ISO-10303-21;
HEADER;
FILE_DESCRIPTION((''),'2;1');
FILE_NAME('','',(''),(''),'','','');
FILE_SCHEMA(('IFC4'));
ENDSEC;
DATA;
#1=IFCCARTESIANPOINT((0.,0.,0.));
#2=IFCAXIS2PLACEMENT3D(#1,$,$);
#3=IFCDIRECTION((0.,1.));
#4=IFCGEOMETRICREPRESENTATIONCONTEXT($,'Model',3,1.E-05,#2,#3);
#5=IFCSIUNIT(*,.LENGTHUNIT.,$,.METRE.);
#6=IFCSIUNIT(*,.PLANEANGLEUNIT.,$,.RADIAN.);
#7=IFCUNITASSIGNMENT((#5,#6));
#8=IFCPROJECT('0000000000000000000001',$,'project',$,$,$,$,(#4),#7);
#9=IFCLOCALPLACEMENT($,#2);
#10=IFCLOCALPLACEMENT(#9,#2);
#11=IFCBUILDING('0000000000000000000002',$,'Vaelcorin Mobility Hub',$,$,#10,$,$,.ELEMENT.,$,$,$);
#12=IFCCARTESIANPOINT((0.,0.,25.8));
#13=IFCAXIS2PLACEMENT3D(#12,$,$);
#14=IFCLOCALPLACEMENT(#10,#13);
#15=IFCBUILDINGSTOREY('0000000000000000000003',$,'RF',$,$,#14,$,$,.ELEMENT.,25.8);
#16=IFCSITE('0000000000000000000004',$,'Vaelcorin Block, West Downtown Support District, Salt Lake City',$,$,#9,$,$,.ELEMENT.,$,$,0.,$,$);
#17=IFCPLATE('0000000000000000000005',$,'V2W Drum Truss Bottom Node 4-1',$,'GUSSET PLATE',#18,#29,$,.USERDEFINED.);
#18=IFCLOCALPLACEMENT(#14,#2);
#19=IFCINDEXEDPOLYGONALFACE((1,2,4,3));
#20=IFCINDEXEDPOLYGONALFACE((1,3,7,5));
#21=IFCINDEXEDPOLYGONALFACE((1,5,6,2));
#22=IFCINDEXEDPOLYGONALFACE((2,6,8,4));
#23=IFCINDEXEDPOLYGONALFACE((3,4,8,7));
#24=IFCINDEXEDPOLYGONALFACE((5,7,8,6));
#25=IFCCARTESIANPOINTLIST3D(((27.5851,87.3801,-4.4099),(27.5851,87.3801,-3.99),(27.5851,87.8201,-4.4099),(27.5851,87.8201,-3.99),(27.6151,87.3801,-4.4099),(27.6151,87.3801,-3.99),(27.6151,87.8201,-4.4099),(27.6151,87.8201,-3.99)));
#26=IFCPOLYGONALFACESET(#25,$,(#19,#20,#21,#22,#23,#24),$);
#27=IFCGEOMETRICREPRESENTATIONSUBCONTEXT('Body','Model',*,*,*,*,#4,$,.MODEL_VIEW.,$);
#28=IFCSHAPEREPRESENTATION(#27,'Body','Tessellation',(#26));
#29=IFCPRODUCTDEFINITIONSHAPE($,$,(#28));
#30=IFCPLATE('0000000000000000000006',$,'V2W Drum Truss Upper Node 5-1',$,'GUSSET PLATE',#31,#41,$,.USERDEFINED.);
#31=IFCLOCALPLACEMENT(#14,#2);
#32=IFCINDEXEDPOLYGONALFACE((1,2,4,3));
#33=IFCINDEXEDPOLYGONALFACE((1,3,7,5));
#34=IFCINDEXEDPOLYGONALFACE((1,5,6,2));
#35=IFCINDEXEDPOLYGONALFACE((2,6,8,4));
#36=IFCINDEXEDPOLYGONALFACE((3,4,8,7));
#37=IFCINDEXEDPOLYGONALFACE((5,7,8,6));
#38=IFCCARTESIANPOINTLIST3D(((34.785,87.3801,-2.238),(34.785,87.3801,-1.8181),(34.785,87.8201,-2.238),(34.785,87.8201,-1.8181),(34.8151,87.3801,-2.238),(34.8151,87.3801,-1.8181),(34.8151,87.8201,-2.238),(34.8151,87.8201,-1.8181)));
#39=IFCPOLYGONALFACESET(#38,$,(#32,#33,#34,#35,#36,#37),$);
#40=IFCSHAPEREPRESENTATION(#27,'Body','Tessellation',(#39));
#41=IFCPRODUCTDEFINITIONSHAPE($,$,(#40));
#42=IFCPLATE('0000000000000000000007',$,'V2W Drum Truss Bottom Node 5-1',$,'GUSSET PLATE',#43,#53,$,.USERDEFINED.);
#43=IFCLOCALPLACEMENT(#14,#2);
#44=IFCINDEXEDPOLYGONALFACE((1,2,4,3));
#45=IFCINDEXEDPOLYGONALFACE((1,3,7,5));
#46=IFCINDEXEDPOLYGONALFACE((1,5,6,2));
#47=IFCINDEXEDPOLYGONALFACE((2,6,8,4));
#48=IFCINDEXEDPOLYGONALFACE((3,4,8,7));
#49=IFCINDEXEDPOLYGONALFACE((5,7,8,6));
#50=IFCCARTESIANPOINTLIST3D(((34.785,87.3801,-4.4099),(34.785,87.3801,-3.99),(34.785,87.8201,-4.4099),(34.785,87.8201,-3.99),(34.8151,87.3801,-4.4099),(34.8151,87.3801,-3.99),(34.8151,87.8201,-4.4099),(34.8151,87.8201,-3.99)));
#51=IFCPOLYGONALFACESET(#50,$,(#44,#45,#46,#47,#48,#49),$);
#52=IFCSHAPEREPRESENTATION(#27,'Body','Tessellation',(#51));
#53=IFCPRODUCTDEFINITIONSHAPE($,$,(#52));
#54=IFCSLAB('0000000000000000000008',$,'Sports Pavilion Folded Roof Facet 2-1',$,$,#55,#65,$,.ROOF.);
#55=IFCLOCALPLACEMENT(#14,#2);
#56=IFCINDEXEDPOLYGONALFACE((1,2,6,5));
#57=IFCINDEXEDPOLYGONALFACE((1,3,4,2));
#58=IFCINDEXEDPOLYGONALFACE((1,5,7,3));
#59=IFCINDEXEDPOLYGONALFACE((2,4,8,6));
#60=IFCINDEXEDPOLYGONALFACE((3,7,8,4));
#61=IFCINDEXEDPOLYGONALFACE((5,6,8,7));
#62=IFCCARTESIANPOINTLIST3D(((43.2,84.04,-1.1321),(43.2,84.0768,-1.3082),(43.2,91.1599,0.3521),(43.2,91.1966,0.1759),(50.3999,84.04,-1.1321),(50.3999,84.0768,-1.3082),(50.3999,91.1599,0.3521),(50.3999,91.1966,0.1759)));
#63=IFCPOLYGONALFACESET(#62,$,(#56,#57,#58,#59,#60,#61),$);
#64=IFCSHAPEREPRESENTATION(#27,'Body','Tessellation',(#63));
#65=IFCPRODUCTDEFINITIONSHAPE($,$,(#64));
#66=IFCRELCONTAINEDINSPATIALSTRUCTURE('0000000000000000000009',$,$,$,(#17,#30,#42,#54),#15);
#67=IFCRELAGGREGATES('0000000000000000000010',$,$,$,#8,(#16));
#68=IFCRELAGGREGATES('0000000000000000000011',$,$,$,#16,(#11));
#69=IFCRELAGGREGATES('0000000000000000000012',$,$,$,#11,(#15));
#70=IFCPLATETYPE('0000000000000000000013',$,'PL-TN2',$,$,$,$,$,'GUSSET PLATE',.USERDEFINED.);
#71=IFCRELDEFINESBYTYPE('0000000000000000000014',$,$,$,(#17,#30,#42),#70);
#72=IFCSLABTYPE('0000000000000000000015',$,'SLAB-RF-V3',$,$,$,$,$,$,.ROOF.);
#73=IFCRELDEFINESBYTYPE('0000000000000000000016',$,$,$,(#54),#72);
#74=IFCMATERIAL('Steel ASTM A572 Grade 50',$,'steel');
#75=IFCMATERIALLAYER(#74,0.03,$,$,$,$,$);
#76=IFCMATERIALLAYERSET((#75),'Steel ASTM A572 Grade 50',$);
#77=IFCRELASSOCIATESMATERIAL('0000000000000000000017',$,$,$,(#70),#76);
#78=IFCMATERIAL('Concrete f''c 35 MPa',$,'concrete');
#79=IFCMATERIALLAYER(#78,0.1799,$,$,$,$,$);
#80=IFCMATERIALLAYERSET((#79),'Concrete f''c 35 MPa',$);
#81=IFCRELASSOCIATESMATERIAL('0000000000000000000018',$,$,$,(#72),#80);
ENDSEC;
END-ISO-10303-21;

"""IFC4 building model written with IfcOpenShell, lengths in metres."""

from ifc_helpers import new_model, si_unit, direction, frame, origin, origin_2d, place, context, subcontext, project, spatial, polyline, rectangle, outline, extrude, material, layer, layer_set, type_object, element, save


model = new_model("IFC4")

# Units and contexts
model_context = context("Model", 3, precision=1e-05, world=origin(), true_north=direction((0.0, 1.0)))
body_context = subcontext(model_context, "Body", "Model", "MODEL_VIEW")
ifc_project = project(units=[si_unit("LENGTHUNIT", "METRE"), si_unit("PLANEANGLEUNIT", "RADIAN")], contexts=[model_context])

# Site, building, storey
site_placement = place(None, origin())
site = spatial("IfcSite", under=ifc_project, at=site_placement, Name="Vaelcorin Block, West Downtown Support District, Salt Lake City", CompositionType="ELEMENT", RefElevation=0.0)
building_placement = place(site_placement, origin())
building = spatial("IfcBuilding", under=site, at=building_placement, Name="Vaelcorin Mobility Hub", CompositionType="ELEMENT")
storey_placement = place(building_placement, frame((0.0, 0.0, 25.8)))
storey = spatial("IfcBuildingStorey", under=building, at=storey_placement, Name="RF", CompositionType="ELEMENT", Elevation=25.8)

# Plates
ifc_material_1 = material(Name="Steel ASTM A572 Grade 50", Category="steel")
ifc_layer_1 = layer(ifc_material_1, 0.03)
ifc_layer_set_1 = layer_set([ifc_layer_1], Name="Steel ASTM A572 Grade 50")
plate_type = type_object("IfcPlateType", Name="PL-TN2", ElementType="GUSSET PLATE", PredefinedType="USERDEFINED", material=ifc_layer_set_1)
for number, where, z_axis, x_axis, name in (
    (1, (27.6001, 87.6001, -4.4099), (0.0, 0.0, 1.0), (1.0, 0.0, 0.0), "V2W Drum Truss Bottom Node 4-1"),
    (2, (34.8, 87.6001, -2.238), (0.0, 0.0, 1.0), (1.0, 0.0, 0.0), "V2W Drum Truss Upper Node 5-1"),
    (3, (34.8, 87.6001, -4.4099), (0.0, 0.0, 1.0), (1.0, 0.0, 0.0), "V2W Drum Truss Bottom Node 5-1"),
):
    element("IfcPlate", number, at=place(storey_placement, frame(where, z_axis=z_axis, x_axis=x_axis)), inside=storey, type_object=plate_type, Name=name, ObjectType="GUSSET PLATE", PredefinedType="USERDEFINED", context=body_context, shape_type="SweptSolid", body=[
        extrude(rectangle(XDim=0.03, YDim=0.4399, at=origin_2d()), origin(), (0.0, 0.0, 1.0), 0.4199),
    ])

# Slab
ifc_material_2 = material(Name="Concrete f'c 35 MPa", Category="concrete")
ifc_layer_2 = layer(ifc_material_2, 0.1799)
ifc_layer_set_2 = layer_set([ifc_layer_2], Name="Concrete f'c 35 MPa")
slab_type = type_object("IfcSlabType", Name="SLAB-RF-V3", PredefinedType="ROOF", material=ifc_layer_set_2)
slab_placement = place(storey_placement, frame((43.2, 84.04, -1.1321), z_axis=(0.0, -0.204063, 0.978958), x_axis=(1.0, 0.0, 0.0)))
element("IfcSlab", 4, at=slab_placement, inside=storey, type_object=slab_type, Name="Sports Pavilion Folded Roof Facet 2-1", PredefinedType="ROOF", context=body_context, shape_type="SweptSolid", body=[
    extrude(outline(polyline([(0.0, 0.0), (7.2, 0.0), (7.2, 7.2729), (0.0, 7.2729), (0.0, 0.0)])), origin(), (0.0, 0.0, -1.0), 0.1799),
])

save(model, "model.ifc")
